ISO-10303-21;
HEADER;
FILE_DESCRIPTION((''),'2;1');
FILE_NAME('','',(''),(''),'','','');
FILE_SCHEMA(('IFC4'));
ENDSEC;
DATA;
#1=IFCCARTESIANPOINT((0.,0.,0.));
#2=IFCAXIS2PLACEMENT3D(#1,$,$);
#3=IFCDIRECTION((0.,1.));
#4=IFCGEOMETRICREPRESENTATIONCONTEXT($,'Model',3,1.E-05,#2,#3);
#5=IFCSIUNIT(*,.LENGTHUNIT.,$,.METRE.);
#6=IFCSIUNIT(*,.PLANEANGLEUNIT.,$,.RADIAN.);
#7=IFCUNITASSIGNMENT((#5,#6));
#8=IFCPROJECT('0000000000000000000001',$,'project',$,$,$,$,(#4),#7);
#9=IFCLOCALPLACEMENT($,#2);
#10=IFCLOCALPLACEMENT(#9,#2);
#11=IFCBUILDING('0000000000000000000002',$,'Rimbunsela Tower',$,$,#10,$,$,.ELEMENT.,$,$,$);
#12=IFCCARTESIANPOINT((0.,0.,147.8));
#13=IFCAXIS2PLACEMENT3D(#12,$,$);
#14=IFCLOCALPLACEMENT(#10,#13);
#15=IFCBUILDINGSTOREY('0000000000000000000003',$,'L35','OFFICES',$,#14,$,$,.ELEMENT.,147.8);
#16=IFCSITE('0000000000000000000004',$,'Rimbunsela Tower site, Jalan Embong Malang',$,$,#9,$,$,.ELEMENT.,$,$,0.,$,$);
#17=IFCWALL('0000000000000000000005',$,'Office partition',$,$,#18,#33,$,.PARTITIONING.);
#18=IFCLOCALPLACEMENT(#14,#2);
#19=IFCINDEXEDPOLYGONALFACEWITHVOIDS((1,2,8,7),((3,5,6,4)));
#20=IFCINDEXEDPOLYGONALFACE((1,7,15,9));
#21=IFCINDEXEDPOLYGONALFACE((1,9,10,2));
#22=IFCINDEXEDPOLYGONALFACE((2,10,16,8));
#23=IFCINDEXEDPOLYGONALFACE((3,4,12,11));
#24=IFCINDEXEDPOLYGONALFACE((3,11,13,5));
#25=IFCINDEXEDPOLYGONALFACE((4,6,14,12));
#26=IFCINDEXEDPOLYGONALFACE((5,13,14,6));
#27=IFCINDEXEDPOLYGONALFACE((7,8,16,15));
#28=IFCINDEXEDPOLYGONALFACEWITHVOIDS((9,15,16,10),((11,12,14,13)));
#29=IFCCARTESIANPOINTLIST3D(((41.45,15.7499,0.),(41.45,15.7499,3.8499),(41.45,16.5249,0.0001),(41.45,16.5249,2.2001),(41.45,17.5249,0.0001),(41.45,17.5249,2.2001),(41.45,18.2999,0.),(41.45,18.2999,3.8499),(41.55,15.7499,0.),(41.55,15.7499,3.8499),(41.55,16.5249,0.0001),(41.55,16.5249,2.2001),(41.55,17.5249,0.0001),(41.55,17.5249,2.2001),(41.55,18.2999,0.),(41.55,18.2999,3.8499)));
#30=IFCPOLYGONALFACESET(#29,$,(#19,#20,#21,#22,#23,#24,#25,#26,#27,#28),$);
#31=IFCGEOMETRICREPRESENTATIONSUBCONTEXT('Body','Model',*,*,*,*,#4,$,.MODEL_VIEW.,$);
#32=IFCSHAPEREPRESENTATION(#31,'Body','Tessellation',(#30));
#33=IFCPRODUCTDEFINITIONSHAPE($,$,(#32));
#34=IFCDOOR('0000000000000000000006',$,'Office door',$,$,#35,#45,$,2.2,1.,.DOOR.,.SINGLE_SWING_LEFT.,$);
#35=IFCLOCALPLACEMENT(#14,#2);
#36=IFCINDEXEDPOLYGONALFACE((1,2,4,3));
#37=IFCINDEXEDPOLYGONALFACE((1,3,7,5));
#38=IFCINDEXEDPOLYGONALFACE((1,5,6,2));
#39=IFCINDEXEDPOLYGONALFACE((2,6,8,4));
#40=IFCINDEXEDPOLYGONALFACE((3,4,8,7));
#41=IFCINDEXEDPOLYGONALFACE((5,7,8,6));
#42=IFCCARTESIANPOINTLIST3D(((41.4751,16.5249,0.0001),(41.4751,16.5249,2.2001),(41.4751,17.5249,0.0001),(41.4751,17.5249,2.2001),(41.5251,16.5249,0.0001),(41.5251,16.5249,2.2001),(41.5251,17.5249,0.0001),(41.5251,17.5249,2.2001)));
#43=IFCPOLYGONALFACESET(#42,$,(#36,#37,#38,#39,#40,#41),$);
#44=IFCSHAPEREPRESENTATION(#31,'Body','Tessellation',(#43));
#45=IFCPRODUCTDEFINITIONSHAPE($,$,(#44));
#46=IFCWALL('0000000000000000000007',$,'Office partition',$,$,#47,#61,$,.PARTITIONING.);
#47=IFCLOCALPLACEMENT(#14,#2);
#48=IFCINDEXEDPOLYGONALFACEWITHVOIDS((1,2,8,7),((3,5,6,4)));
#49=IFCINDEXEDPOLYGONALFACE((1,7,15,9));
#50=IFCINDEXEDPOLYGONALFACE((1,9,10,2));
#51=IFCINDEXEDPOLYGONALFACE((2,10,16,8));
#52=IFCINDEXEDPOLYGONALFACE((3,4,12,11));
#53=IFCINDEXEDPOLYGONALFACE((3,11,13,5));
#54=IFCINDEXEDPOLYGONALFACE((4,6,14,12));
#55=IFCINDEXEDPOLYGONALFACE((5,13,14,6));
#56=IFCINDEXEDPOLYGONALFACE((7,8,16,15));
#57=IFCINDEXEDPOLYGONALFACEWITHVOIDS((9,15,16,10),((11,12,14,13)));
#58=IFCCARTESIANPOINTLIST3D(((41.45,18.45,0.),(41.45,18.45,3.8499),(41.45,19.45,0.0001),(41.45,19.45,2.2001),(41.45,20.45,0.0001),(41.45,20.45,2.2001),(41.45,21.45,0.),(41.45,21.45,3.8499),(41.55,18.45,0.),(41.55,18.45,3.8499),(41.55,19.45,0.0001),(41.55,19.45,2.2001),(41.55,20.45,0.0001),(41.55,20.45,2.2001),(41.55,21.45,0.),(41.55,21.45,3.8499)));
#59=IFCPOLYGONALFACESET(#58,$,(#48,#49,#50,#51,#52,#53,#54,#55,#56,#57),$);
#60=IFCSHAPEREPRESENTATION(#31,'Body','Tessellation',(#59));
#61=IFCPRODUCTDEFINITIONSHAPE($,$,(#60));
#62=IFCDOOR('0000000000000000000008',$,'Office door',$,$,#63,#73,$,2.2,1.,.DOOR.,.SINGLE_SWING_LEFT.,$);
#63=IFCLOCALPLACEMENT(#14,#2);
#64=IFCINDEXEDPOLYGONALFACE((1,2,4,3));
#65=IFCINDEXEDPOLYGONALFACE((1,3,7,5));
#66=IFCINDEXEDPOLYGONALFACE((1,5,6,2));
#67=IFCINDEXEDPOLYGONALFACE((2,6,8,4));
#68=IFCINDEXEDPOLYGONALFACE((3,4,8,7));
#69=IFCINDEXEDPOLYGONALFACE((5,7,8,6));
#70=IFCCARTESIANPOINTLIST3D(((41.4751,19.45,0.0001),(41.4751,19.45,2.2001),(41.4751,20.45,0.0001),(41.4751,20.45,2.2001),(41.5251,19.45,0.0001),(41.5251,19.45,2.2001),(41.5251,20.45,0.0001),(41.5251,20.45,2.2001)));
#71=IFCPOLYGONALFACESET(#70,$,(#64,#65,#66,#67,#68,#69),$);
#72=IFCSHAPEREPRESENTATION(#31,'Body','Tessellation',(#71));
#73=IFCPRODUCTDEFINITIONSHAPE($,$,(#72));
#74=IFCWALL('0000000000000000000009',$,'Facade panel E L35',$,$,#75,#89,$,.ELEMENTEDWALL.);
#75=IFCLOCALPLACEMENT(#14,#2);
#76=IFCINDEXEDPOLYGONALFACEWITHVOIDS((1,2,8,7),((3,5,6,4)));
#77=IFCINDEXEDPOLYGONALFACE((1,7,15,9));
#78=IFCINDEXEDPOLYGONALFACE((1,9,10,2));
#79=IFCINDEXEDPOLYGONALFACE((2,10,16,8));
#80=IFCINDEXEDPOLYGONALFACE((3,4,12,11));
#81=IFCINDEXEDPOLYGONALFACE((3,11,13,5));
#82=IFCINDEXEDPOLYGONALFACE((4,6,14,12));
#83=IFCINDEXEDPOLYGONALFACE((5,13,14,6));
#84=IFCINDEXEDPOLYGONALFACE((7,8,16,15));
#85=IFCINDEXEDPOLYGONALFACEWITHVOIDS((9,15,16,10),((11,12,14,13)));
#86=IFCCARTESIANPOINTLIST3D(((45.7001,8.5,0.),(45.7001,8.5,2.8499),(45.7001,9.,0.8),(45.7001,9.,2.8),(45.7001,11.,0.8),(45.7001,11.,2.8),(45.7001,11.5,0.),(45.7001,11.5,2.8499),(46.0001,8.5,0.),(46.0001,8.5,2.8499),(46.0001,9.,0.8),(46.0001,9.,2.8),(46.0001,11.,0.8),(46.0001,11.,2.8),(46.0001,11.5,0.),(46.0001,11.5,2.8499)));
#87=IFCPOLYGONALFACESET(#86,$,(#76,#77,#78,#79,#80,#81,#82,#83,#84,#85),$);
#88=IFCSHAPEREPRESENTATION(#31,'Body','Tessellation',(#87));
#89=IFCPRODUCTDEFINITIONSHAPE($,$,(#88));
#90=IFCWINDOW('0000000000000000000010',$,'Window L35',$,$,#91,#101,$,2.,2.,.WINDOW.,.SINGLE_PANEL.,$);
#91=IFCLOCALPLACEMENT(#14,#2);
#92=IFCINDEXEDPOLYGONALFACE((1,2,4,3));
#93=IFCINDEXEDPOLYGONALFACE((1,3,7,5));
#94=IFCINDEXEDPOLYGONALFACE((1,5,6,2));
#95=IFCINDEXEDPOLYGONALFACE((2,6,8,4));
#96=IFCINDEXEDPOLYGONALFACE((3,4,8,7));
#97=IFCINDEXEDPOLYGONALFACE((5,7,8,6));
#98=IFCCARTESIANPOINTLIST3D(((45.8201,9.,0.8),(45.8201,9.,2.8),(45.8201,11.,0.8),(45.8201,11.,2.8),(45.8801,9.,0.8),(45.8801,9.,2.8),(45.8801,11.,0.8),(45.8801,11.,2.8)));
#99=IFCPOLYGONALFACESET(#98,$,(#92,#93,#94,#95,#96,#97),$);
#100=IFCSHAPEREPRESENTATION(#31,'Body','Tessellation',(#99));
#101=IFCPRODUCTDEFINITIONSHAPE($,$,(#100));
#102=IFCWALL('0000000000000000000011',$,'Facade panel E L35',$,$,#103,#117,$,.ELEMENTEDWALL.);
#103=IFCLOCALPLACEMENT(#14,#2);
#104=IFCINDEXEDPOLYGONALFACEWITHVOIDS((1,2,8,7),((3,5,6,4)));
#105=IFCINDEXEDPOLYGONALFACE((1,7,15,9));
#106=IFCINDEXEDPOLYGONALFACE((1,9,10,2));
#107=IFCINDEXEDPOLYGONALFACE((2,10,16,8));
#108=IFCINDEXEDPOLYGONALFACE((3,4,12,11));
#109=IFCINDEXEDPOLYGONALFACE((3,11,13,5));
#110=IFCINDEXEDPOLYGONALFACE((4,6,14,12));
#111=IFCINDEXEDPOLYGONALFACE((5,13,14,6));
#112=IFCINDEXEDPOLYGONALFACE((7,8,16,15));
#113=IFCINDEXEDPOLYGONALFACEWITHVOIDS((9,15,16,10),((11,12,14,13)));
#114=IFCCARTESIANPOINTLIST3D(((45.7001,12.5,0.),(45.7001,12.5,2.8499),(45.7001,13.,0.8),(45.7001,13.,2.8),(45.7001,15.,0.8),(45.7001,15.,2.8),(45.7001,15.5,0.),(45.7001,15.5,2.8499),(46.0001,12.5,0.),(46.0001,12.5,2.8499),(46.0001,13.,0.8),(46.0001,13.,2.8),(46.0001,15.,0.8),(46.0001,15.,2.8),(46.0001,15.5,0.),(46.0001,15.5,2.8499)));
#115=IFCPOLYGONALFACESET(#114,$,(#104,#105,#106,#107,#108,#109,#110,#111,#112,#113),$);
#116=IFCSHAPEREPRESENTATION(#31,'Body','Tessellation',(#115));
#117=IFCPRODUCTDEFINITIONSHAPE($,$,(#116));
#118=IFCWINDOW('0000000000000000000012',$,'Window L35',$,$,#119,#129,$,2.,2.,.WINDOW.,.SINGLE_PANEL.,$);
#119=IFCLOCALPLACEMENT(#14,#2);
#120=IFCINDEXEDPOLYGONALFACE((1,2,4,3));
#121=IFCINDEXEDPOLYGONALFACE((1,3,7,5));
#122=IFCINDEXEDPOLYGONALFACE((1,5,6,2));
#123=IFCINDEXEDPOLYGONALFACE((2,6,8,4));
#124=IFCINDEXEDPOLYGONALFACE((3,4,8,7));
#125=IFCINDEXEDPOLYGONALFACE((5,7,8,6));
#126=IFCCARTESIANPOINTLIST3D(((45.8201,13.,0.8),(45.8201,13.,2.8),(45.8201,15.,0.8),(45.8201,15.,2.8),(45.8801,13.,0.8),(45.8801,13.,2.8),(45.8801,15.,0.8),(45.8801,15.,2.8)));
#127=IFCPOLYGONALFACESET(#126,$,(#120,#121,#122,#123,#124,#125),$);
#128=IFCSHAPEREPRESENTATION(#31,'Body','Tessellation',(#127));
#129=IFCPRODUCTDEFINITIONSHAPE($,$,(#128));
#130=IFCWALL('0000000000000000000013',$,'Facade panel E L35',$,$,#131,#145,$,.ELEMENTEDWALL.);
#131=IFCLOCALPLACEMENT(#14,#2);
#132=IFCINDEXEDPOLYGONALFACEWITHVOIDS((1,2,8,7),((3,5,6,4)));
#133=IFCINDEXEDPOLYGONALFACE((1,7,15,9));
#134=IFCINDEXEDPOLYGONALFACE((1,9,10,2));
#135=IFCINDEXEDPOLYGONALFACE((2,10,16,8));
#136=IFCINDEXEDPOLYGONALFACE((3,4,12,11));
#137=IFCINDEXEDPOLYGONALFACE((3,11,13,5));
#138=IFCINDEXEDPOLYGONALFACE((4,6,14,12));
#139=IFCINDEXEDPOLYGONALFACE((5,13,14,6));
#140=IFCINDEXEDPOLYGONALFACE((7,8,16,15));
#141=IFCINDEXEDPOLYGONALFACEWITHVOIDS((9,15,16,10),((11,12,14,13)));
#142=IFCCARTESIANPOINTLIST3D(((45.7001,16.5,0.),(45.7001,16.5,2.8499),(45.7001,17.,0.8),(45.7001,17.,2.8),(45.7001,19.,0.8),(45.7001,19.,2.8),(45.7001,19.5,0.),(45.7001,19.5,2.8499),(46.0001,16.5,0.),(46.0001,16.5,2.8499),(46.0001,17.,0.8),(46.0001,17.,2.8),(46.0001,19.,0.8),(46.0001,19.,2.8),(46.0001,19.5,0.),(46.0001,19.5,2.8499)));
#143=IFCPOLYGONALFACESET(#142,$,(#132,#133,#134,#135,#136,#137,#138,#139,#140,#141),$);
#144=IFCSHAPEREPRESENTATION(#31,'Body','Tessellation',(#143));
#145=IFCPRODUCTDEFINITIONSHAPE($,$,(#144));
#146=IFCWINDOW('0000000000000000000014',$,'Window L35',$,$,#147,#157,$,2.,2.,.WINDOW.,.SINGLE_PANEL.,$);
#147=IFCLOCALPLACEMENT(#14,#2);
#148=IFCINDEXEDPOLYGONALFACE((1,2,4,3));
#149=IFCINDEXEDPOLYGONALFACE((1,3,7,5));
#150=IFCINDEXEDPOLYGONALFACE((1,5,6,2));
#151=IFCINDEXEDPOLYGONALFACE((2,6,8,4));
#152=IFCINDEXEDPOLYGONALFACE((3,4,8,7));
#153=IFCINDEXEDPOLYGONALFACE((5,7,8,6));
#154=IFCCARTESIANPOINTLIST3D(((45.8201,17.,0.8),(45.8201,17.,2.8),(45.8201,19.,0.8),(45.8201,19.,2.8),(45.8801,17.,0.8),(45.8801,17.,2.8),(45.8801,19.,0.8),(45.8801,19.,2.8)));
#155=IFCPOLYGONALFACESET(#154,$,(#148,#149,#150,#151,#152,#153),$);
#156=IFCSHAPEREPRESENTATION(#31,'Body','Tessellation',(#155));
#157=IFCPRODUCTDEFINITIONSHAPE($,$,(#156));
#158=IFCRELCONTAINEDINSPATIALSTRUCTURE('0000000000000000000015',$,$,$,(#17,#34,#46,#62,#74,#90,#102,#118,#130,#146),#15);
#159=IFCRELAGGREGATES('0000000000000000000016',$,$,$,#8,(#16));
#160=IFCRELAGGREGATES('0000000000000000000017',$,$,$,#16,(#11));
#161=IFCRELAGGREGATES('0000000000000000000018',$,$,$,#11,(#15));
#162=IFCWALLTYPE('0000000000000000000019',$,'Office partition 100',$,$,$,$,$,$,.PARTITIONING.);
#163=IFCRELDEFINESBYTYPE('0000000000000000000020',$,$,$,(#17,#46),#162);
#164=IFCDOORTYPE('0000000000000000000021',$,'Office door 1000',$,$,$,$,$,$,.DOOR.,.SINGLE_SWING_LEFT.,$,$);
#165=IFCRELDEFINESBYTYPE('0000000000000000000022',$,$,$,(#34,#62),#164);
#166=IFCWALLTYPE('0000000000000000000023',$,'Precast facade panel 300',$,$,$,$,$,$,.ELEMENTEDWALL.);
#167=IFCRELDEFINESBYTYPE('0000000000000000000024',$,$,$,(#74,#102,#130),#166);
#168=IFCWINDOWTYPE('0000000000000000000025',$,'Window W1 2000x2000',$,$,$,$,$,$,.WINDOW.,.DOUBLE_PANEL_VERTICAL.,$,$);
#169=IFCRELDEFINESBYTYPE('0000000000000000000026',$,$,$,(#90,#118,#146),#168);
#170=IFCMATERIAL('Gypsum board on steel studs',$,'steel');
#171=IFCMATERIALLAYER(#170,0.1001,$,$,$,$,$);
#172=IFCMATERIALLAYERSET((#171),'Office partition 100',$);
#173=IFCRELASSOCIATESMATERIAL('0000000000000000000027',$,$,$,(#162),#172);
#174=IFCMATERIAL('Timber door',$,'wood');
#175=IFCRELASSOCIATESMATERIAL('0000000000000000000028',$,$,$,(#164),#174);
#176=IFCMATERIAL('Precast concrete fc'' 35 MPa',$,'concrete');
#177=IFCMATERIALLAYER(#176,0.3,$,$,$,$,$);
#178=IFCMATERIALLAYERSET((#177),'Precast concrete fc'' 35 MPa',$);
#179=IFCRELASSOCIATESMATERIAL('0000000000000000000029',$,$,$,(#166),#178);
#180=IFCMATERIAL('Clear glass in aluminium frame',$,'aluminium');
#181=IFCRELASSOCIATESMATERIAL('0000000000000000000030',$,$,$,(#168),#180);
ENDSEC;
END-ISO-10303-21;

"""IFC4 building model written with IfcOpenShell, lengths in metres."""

from ifc_helpers import new_model, si_unit, direction, frame, frame_2d, origin, place, context, subcontext, project, spatial, rectangle, extrude, material, layer, layer_set, type_object, element, fill, save


model = new_model("IFC4")

# Units and contexts
model_context = context("Model", 3, precision=1e-05, world=origin(), true_north=direction((0.0, 1.0)))
body_context = subcontext(model_context, "Body", "Model", "MODEL_VIEW")
ifc_project = project(units=[si_unit("LENGTHUNIT", "METRE"), si_unit("PLANEANGLEUNIT", "RADIAN")], contexts=[model_context])

# Site, building, storey
site_placement = place(None, origin())
site = spatial("IfcSite", under=ifc_project, at=site_placement, Name="Rimbunsela Tower site, Jalan Embong Malang", CompositionType="ELEMENT", RefElevation=0.0)
building_placement = place(site_placement, origin())
building = spatial("IfcBuilding", under=site, at=building_placement, Name="Rimbunsela Tower", CompositionType="ELEMENT")
storey_placement = place(building_placement, frame((0.0, 0.0, 147.8)))
storey = spatial("IfcBuildingStorey", under=building, at=storey_placement, Name="L35", Description="OFFICES", CompositionType="ELEMENT", Elevation=147.8)

# Shared definitions
ifc_material_1 = material(Name="Gypsum board on steel studs", Category="steel")
ifc_layer_1 = layer(ifc_material_1, 0.1001)
ifc_layer_set_1 = layer_set([ifc_layer_1], Name="Office partition 100")
wall_type_1 = type_object("IfcWallType", Name="Office partition 100", PredefinedType="PARTITIONING", material=ifc_layer_set_1)

# Walls, openings, doors
wall_1_placement = place(storey_placement, frame((41.5, 15.75, 0.0), z_axis=(0.0, 0.0, 1.0), x_axis=(0.0, 1.0, 0.0)))
wall_1 = element("IfcWall", 1, at=wall_1_placement, inside=storey, type_object=wall_type_1, Name="Office partition", PredefinedType="PARTITIONING", context=body_context, shape_type="SweptSolid", body=[
    extrude(rectangle(XDim=2.55, YDim=0.1001, at=frame_2d((1.2749, 0.0))), origin(), (0.0, 0.0, 1.0), 3.8499),
])
opening_1_placement = place(wall_1_placement, frame((0.7749, 0.0, 0.0)))
opening_1 = element("IfcOpeningElement", 2, at=opening_1_placement, cuts=wall_1, PredefinedType="OPENING", context=body_context, shape_type="SweptSolid", body=[
    extrude(rectangle(XDim=1.0, YDim=2.2, at=frame_2d((0.5, 1.1001))), frame((0.0, 0.0601, 0.0), z_axis=(0.0, -1.0, 0.0), x_axis=(1.0, 0.0, 0.0)), (0.0, 0.0, 1.0), 0.1201),
])
ifc_material_2 = material(Name="Timber door", Category="wood")
door_type_1 = type_object("IfcDoorType", Name="Office door 1000", OperationType="SINGLE_SWING_LEFT", PredefinedType="DOOR", material=ifc_material_2)
door_1_placement = place(opening_1_placement, origin())
door_1 = element("IfcDoor", 3, at=door_1_placement, inside=storey, type_object=door_type_1, Name="Office door", OperationType="SINGLE_SWING_LEFT", OverallHeight=2.2, OverallWidth=1.0, PredefinedType="DOOR", context=body_context, shape_type="SweptSolid", body=[
    extrude(rectangle(XDim=1.0, YDim=2.2, at=frame_2d((0.5, 1.1001))), frame((0.0, 0.0249, 0.0), z_axis=(0.0, -1.0, 0.0), x_axis=(1.0, 0.0, 0.0)), (0.0, 0.0, 1.0), 0.05),
])
fill(opening_1, door_1)
wall_2_placement = place(storey_placement, frame((41.5, 18.45, 0.0), z_axis=(0.0, 0.0, 1.0), x_axis=(0.0, 1.0, 0.0)))
wall_2 = element("IfcWall", 4, at=wall_2_placement, inside=storey, type_object=wall_type_1, Name="Office partition", PredefinedType="PARTITIONING", context=body_context, shape_type="SweptSolid", body=[
    extrude(rectangle(XDim=3.0, YDim=0.1001, at=frame_2d((1.5, 0.0))), origin(), (0.0, 0.0, 1.0), 3.8499),
])
opening_2_placement = place(wall_2_placement, frame((1.0, 0.0, 0.0)))
opening_2 = element("IfcOpeningElement", 5, at=opening_2_placement, cuts=wall_2, PredefinedType="OPENING", context=body_context, shape_type="SweptSolid", body=[
    extrude(rectangle(XDim=1.0, YDim=2.2, at=frame_2d((0.5, 1.1001))), frame((0.0, 0.0601, 0.0), z_axis=(0.0, -1.0, 0.0), x_axis=(1.0, 0.0, 0.0)), (0.0, 0.0, 1.0), 0.1201),
])
door_2_placement = place(opening_2_placement, origin())
door_2 = element("IfcDoor", 6, at=door_2_placement, inside=storey, type_object=door_type_1, Name="Office door", OperationType="SINGLE_SWING_LEFT", OverallHeight=2.2, OverallWidth=1.0, PredefinedType="DOOR", context=body_context, shape_type="SweptSolid", body=[
    extrude(rectangle(XDim=1.0, YDim=2.2, at=frame_2d((0.5, 1.1001))), frame((0.0, 0.0249, 0.0), z_axis=(0.0, -1.0, 0.0), x_axis=(1.0, 0.0, 0.0)), (0.0, 0.0, 1.0), 0.05),
])
fill(opening_2, door_2)

# Walls, openings, windows
ifc_material_3 = material(Name="Precast concrete fc' 35 MPa", Category="concrete")
ifc_layer_2 = layer(ifc_material_3, 0.3)
ifc_layer_set_2 = layer_set([ifc_layer_2], Name="Precast concrete fc' 35 MPa")
wall_type_2 = type_object("IfcWallType", Name="Precast facade panel 300", PredefinedType="ELEMENTEDWALL", material=ifc_layer_set_2)
wall_3_placement = place(storey_placement, frame((45.8501, 8.5, 0.0), z_axis=(0.0, 0.0, 1.0), x_axis=(0.0, 1.0, 0.0)))
wall_3 = element("IfcWall", 7, at=wall_3_placement, inside=storey, type_object=wall_type_2, Name="Facade panel E L35", PredefinedType="ELEMENTEDWALL", context=body_context, shape_type="SweptSolid", body=[
    extrude(rectangle(XDim=3.0, YDim=0.3, at=frame_2d((1.5, 0.0))), origin(), (0.0, 0.0, 1.0), 2.8499),
])
opening_3_placement = place(wall_3_placement, frame((0.5, 0.0, 0.8)))
opening_3 = element("IfcOpeningElement", 8, at=opening_3_placement, cuts=wall_3, PredefinedType="OPENING", context=body_context, shape_type="SweptSolid", body=[
    extrude(rectangle(XDim=2.0, YDim=2.0, at=frame_2d((1.0, 1.0))), frame((0.0, 0.1599, 0.0), z_axis=(0.0, -1.0, 0.0), x_axis=(1.0, 0.0, 0.0)), (0.0, 0.0, 1.0), 0.3201),
])
ifc_material_4 = material(Name="Clear glass in aluminium frame", Category="aluminium")
window_type = type_object("IfcWindowType", Name="Window W1 2000x2000", PartitioningType="DOUBLE_PANEL_VERTICAL", PredefinedType="WINDOW", material=ifc_material_4)
window_1_placement = place(opening_3_placement, origin())
window_1 = element("IfcWindow", 9, at=window_1_placement, inside=storey, type_object=window_type, Name="Window L35", OverallHeight=2.0, OverallWidth=2.0, PartitioningType="SINGLE_PANEL", PredefinedType="WINDOW", context=body_context, shape_type="SweptSolid", body=[
    extrude(rectangle(XDim=2.0, YDim=2.0, at=frame_2d((1.0, 1.0))), frame((0.0, 0.03, 0.0), z_axis=(0.0, -1.0, 0.0), x_axis=(1.0, 0.0, 0.0)), (0.0, 0.0, 1.0), 0.0601),
])
fill(opening_3, window_1)
wall_4_placement = place(storey_placement, frame((45.8501, 12.5, 0.0), z_axis=(0.0, 0.0, 1.0), x_axis=(0.0, 1.0, 0.0)))
wall_4 = element("IfcWall", 10, at=wall_4_placement, inside=storey, type_object=wall_type_2, Name="Facade panel E L35", PredefinedType="ELEMENTEDWALL", context=body_context, shape_type="SweptSolid", body=[
    extrude(rectangle(XDim=3.0, YDim=0.3, at=frame_2d((1.5, 0.0))), origin(), (0.0, 0.0, 1.0), 2.8499),
])
opening_4_placement = place(wall_4_placement, frame((0.5, 0.0, 0.8)))
opening_4 = element("IfcOpeningElement", 11, at=opening_4_placement, cuts=wall_4, PredefinedType="OPENING", context=body_context, shape_type="SweptSolid", body=[
    extrude(rectangle(XDim=2.0, YDim=2.0, at=frame_2d((1.0, 1.0))), frame((0.0, 0.1599, 0.0), z_axis=(0.0, -1.0, 0.0), x_axis=(1.0, 0.0, 0.0)), (0.0, 0.0, 1.0), 0.3201),
])
window_2_placement = place(opening_4_placement, origin())
window_2 = element("IfcWindow", 12, at=window_2_placement, inside=storey, type_object=window_type, Name="Window L35", OverallHeight=2.0, OverallWidth=2.0, PartitioningType="SINGLE_PANEL", PredefinedType="WINDOW", context=body_context, shape_type="SweptSolid", body=[
    extrude(rectangle(XDim=2.0, YDim=2.0, at=frame_2d((1.0, 1.0))), frame((0.0, 0.03, 0.0), z_axis=(0.0, -1.0, 0.0), x_axis=(1.0, 0.0, 0.0)), (0.0, 0.0, 1.0), 0.0601),
])
fill(opening_4, window_2)
wall_5_placement = place(storey_placement, frame((45.8501, 16.5, 0.0), z_axis=(0.0, 0.0, 1.0), x_axis=(0.0, 1.0, 0.0)))
wall_5 = element("IfcWall", 13, at=wall_5_placement, inside=storey, type_object=wall_type_2, Name="Facade panel E L35", PredefinedType="ELEMENTEDWALL", context=body_context, shape_type="SweptSolid", body=[
    extrude(rectangle(XDim=3.0, YDim=0.3, at=frame_2d((1.5, 0.0))), origin(), (0.0, 0.0, 1.0), 2.8499),
])
opening_5_placement = place(wall_5_placement, frame((0.5, 0.0, 0.8)))
opening_5 = element("IfcOpeningElement", 14, at=opening_5_placement, cuts=wall_5, PredefinedType="OPENING", context=body_context, shape_type="SweptSolid", body=[
    extrude(rectangle(XDim=2.0, YDim=2.0, at=frame_2d((1.0, 1.0))), frame((0.0, 0.1599, 0.0), z_axis=(0.0, -1.0, 0.0), x_axis=(1.0, 0.0, 0.0)), (0.0, 0.0, 1.0), 0.3201),
])
window_3_placement = place(opening_5_placement, origin())
window_3 = element("IfcWindow", 15, at=window_3_placement, inside=storey, type_object=window_type, Name="Window L35", OverallHeight=2.0, OverallWidth=2.0, PartitioningType="SINGLE_PANEL", PredefinedType="WINDOW", context=body_context, shape_type="SweptSolid", body=[
    extrude(rectangle(XDim=2.0, YDim=2.0, at=frame_2d((1.0, 1.0))), frame((0.0, 0.03, 0.0), z_axis=(0.0, -1.0, 0.0), x_axis=(1.0, 0.0, 0.0)), (0.0, 0.0, 1.0), 0.0601),
])
fill(opening_5, window_3)

save(model, "model.ifc")
